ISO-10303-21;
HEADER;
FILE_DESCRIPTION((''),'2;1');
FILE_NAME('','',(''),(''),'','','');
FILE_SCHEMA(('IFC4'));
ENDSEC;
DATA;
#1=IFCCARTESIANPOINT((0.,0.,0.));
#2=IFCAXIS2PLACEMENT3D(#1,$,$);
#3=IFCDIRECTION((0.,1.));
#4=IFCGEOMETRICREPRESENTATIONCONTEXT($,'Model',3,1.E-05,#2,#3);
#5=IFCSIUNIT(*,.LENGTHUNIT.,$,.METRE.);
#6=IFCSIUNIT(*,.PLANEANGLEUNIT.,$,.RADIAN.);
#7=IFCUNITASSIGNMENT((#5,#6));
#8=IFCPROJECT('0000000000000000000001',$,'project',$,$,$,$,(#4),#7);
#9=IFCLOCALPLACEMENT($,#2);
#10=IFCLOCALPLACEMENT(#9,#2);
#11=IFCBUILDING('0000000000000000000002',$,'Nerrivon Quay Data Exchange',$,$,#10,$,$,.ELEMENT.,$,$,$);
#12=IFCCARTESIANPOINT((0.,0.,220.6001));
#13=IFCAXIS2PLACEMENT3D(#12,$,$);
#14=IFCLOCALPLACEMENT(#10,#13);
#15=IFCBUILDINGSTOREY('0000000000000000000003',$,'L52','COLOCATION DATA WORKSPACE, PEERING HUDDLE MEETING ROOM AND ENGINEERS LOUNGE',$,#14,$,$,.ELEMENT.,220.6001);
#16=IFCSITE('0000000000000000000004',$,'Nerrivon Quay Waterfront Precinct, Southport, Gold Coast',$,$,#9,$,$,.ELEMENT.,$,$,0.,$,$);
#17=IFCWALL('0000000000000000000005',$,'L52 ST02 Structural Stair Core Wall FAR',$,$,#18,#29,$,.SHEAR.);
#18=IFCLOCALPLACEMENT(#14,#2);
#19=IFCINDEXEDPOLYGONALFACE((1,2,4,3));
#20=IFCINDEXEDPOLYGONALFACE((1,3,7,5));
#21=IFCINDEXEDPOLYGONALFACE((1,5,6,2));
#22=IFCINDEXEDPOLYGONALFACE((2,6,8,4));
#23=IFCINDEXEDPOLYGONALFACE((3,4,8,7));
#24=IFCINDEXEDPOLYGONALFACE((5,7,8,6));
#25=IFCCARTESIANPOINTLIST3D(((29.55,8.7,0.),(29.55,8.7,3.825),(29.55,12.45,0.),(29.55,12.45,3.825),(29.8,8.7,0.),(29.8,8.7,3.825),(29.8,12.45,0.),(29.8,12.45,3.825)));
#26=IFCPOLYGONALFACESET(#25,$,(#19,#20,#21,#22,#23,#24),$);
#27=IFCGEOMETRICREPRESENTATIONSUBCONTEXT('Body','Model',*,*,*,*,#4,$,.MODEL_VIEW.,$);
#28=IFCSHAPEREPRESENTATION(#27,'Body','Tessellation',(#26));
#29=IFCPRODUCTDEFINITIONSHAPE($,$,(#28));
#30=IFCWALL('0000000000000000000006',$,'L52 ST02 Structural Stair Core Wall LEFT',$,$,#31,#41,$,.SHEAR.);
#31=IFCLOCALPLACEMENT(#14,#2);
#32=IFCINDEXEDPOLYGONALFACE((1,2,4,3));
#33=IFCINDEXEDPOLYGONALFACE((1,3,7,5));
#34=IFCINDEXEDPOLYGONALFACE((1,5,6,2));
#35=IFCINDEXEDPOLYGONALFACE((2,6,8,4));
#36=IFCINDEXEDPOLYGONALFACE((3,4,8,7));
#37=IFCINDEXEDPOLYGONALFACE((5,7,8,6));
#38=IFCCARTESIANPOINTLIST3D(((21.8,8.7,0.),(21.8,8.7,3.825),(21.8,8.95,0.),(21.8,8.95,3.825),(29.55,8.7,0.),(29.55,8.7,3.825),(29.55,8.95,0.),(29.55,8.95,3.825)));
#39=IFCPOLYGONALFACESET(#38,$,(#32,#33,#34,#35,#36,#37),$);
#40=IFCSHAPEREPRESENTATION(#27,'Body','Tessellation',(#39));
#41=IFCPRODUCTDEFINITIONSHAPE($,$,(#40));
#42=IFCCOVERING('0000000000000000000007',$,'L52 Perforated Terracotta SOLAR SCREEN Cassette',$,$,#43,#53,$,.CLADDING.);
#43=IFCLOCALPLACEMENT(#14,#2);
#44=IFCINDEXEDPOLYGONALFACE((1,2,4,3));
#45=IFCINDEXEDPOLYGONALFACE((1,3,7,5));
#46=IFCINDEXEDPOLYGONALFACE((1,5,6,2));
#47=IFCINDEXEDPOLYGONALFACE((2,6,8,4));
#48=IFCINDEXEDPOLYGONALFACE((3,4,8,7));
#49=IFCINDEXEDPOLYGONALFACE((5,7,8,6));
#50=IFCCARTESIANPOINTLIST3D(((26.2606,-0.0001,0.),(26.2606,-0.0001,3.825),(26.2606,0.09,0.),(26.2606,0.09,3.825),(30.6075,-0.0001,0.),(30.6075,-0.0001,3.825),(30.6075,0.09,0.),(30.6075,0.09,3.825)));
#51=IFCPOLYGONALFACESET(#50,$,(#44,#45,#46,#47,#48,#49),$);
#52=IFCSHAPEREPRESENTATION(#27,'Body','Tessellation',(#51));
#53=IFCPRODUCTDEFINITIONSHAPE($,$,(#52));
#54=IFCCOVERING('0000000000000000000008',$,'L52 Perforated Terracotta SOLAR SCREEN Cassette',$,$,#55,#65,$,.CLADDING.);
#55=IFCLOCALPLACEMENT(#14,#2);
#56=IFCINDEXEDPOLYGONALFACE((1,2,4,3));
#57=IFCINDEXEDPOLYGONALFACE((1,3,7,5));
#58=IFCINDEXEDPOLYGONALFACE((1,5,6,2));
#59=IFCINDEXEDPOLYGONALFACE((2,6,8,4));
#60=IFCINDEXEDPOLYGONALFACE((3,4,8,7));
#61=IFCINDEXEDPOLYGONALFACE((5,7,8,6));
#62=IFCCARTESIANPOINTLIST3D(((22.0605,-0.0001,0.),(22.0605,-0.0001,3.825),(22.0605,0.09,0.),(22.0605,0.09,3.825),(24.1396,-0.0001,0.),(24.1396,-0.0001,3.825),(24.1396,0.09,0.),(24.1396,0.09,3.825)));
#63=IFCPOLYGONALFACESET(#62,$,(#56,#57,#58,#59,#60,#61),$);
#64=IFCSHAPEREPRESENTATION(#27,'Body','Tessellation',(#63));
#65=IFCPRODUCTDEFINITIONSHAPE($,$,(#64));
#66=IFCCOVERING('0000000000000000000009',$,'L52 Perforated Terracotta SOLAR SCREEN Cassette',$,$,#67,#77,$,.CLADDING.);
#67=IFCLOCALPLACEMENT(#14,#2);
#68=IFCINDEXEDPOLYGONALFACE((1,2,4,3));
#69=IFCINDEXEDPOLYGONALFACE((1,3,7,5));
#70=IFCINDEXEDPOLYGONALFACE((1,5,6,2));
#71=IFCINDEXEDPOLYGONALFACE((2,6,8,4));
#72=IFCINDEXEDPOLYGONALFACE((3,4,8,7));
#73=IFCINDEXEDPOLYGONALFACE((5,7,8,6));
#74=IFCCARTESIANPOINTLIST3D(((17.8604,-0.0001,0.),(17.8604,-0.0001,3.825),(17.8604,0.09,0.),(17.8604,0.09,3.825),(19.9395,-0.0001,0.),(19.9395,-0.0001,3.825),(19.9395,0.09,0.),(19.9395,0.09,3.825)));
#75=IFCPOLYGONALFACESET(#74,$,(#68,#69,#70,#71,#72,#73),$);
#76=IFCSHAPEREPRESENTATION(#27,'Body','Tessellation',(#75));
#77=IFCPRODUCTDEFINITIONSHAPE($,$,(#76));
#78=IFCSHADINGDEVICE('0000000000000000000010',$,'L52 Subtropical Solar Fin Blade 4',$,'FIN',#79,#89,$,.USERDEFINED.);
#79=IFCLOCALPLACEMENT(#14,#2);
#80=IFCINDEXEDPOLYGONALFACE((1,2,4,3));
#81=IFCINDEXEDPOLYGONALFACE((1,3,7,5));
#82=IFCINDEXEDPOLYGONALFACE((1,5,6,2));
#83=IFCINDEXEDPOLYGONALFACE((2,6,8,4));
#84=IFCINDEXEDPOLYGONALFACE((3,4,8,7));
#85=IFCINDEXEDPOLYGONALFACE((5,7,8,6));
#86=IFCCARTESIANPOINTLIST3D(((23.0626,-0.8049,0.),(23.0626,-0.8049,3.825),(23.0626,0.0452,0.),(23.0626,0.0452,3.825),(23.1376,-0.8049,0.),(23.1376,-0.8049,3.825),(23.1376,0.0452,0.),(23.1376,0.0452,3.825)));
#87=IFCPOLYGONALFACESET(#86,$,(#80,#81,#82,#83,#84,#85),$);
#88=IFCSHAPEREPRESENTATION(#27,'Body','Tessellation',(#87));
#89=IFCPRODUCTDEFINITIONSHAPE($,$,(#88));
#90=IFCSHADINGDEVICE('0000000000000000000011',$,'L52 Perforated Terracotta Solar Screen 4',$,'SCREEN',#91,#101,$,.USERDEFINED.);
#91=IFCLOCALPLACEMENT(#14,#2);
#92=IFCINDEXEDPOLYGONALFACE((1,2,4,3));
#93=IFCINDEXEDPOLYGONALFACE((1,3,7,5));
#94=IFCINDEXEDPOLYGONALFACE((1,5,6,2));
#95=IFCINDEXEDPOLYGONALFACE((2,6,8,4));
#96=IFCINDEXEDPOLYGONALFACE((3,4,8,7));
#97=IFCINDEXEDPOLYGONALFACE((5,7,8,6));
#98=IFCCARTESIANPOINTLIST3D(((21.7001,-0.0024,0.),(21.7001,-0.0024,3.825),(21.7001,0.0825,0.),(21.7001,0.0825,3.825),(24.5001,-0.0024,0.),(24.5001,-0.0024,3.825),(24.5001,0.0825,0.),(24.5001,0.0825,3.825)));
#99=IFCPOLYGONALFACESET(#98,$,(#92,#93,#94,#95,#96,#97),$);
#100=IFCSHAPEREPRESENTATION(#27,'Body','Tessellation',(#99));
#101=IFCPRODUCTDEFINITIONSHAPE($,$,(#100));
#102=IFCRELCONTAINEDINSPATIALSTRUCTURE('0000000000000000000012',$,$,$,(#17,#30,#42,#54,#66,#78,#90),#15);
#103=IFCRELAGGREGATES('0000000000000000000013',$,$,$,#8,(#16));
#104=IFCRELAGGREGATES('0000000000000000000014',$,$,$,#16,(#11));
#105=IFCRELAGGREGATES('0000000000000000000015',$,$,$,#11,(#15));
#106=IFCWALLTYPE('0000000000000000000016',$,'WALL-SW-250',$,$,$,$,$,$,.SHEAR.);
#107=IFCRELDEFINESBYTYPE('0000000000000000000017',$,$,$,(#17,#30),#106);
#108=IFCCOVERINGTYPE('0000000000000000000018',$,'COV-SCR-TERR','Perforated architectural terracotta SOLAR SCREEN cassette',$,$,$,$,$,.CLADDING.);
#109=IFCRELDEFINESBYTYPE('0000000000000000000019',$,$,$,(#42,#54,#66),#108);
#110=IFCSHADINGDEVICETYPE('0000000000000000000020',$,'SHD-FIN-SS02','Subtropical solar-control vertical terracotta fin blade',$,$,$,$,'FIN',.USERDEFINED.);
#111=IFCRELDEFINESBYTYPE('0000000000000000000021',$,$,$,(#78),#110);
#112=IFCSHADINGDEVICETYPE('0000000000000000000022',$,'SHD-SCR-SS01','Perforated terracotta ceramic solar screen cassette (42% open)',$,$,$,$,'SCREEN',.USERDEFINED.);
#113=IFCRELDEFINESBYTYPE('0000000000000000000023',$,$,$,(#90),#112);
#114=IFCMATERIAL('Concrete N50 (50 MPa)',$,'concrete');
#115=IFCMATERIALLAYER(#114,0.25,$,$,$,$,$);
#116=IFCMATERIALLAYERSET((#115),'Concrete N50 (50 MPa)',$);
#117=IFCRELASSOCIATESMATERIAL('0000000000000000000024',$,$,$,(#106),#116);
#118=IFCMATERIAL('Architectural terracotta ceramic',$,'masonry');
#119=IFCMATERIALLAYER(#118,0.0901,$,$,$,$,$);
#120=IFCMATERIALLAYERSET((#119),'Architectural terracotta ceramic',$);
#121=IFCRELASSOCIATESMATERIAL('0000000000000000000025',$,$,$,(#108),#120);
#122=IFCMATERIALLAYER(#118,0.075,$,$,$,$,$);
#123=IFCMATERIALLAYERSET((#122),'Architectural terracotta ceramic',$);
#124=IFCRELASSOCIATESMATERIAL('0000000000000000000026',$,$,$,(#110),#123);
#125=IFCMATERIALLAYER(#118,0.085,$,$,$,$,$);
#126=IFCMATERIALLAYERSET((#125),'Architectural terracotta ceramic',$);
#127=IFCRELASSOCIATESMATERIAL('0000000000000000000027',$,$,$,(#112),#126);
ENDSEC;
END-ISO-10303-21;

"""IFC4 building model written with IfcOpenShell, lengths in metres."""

from ifc_helpers import new_model, si_unit, direction, frame, frame_2d, origin, origin_2d, place, context, subcontext, project, spatial, rectangle, extrude, material, layer, layer_set, type_object, element, save


model = new_model("IFC4")

# Units and contexts
model_context = context("Model", 3, precision=1e-05, world=origin(), true_north=direction((0.0, 1.0)))
body_context = subcontext(model_context, "Body", "Model", "MODEL_VIEW")
ifc_project = project(units=[si_unit("LENGTHUNIT", "METRE"), si_unit("PLANEANGLEUNIT", "RADIAN")], contexts=[model_context])

# Site, building, storey
site_placement = place(None, origin())
site = spatial("IfcSite", under=ifc_project, at=site_placement, Name="Nerrivon Quay Waterfront Precinct, Southport, Gold Coast", CompositionType="ELEMENT", RefElevation=0.0)
building_placement = place(site_placement, origin())
building = spatial("IfcBuilding", under=site, at=building_placement, Name="Nerrivon Quay Data Exchange", CompositionType="ELEMENT")
storey_placement = place(building_placement, frame((0.0, 0.0, 220.6001)))
storey = spatial("IfcBuildingStorey", under=building, at=storey_placement, Name="L52", Description="COLOCATION DATA WORKSPACE, PEERING HUDDLE MEETING ROOM AND ENGINEERS LOUNGE", CompositionType="ELEMENT", Elevation=220.6001)

# Shared definitions
ifc_material_1 = material(Name="Concrete N50 (50 MPa)", Category="concrete")

# Walls
ifc_layer_1 = layer(ifc_material_1, 0.25)
ifc_layer_set_1 = layer_set([ifc_layer_1], Name="Concrete N50 (50 MPa)")
wall_type_1 = type_object("IfcWallType", Name="WALL-SW-250", PredefinedType="SHEAR", material=ifc_layer_set_1)
for number, where, z_axis, x_axis, name in (
    (1, (29.675, 8.7, 0.0), (0.0, 0.0, 1.0), (0.0, 1.0, 0.0), "L52 ST02 Structural Stair Core Wall FAR"),
):
    element("IfcWall", number, at=place(storey_placement, frame(where, z_axis=z_axis, x_axis=x_axis)), inside=storey, type_object=wall_type_1, Name=name, PredefinedType="SHEAR", context=body_context, shape_type="SweptSolid", body=[
        extrude(rectangle(XDim=3.75, YDim=0.25, at=frame_2d((1.875, 0.0))), origin(), (0.0, 0.0, 1.0), 3.825),
    ])
wall_1_placement = place(storey_placement, frame((21.8, 8.825, 0.0), z_axis=(0.0, 0.0, 1.0), x_axis=(1.0, 0.0, 0.0)))
element("IfcWall", 2, at=wall_1_placement, inside=storey, type_object=wall_type_1, Name="L52 ST02 Structural Stair Core Wall LEFT", PredefinedType="SHEAR", context=body_context, shape_type="SweptSolid", body=[
    extrude(rectangle(XDim=7.75, YDim=0.25, at=frame_2d((3.875, 0.0))), origin(), (0.0, 0.0, 1.0), 3.825),
])

# Coverings
ifc_material_2 = material(Name="Architectural terracotta ceramic", Category="masonry")
ifc_layer_2 = layer(ifc_material_2, 0.0901)
ifc_layer_set_2 = layer_set([ifc_layer_2], Name="Architectural terracotta ceramic")
covering_type = type_object("IfcCoveringType", Name="COV-SCR-TERR", Description="Perforated architectural terracotta SOLAR SCREEN cassette", PredefinedType="CLADDING", material=ifc_layer_set_2)
covering_placement = place(storey_placement, frame((28.4341, 0.0449, 0.0), z_axis=(0.0, 0.0, 1.0), x_axis=(-1.0, 0.0, 0.0)))
element("IfcCovering", 3, at=covering_placement, inside=storey, type_object=covering_type, Name="L52 Perforated Terracotta SOLAR SCREEN Cassette", PredefinedType="CLADDING", context=body_context, shape_type="SweptSolid", body=[
    extrude(rectangle(XDim=4.3469, YDim=0.0901, at=origin_2d()), origin(), (0.0, 0.0, 1.0), 3.825),
])
for number, where, z_axis, x_axis, name in (
    (4, (23.1001, 0.0449, 0.0), (0.0, 0.0, 1.0), (-1.0, 0.0, 0.0), "L52 Perforated Terracotta SOLAR SCREEN Cassette"),
    (5, (18.8999, 0.0449, 0.0), (0.0, 0.0, 1.0), (-1.0, 0.0, 0.0), "L52 Perforated Terracotta SOLAR SCREEN Cassette"),
):
    element("IfcCovering", number, at=place(storey_placement, frame(where, z_axis=z_axis, x_axis=x_axis)), inside=storey, type_object=covering_type, Name=name, PredefinedType="CLADDING", context=body_context, shape_type="SweptSolid", body=[
        extrude(rectangle(XDim=2.0791, YDim=0.0901, at=origin_2d()), origin(), (0.0, 0.0, 1.0), 3.825),
    ])

# Shading devices
ifc_layer_3 = layer(ifc_material_2, 0.075)
ifc_layer_set_3 = layer_set([ifc_layer_3], Name="Architectural terracotta ceramic")
shading_device_type_1 = type_object("IfcShadingDeviceType", Name="SHD-FIN-SS02", Description="Subtropical solar-control vertical terracotta fin blade", ElementType="FIN", PredefinedType="USERDEFINED", material=ifc_layer_set_3)
shading_device_1_placement = place(storey_placement, frame((23.1001, -0.3799, 0.0), z_axis=(0.0, 0.0, 1.0), x_axis=(-1.0, 0.0, 0.0)))
element("IfcShadingDevice", 6, at=shading_device_1_placement, inside=storey, type_object=shading_device_type_1, Name="L52 Subtropical Solar Fin Blade 4", ObjectType="FIN", PredefinedType="USERDEFINED", context=body_context, shape_type="SweptSolid", body=[
    extrude(rectangle(XDim=0.075, YDim=0.8501, at=origin_2d()), origin(), (0.0, 0.0, 1.0), 3.825),
])
ifc_layer_4 = layer(ifc_material_2, 0.085)
ifc_layer_set_4 = layer_set([ifc_layer_4], Name="Architectural terracotta ceramic")
shading_device_type_2 = type_object("IfcShadingDeviceType", Name="SHD-SCR-SS01", Description="Perforated terracotta ceramic solar screen cassette (42% open)", ElementType="SCREEN", PredefinedType="USERDEFINED", material=ifc_layer_set_4)
shading_device_2_placement = place(storey_placement, frame((23.1001, 0.04, 0.0), z_axis=(0.0, 0.0, 1.0), x_axis=(-1.0, 0.0, 0.0)))
element("IfcShadingDevice", 7, at=shading_device_2_placement, inside=storey, type_object=shading_device_type_2, Name="L52 Perforated Terracotta Solar Screen 4", ObjectType="SCREEN", PredefinedType="USERDEFINED", context=body_context, shape_type="SweptSolid", body=[
    extrude(rectangle(XDim=2.8, YDim=0.085, at=origin_2d()), origin(), (0.0, 0.0, 1.0), 3.825),
])

save(model, "model.ifc")
